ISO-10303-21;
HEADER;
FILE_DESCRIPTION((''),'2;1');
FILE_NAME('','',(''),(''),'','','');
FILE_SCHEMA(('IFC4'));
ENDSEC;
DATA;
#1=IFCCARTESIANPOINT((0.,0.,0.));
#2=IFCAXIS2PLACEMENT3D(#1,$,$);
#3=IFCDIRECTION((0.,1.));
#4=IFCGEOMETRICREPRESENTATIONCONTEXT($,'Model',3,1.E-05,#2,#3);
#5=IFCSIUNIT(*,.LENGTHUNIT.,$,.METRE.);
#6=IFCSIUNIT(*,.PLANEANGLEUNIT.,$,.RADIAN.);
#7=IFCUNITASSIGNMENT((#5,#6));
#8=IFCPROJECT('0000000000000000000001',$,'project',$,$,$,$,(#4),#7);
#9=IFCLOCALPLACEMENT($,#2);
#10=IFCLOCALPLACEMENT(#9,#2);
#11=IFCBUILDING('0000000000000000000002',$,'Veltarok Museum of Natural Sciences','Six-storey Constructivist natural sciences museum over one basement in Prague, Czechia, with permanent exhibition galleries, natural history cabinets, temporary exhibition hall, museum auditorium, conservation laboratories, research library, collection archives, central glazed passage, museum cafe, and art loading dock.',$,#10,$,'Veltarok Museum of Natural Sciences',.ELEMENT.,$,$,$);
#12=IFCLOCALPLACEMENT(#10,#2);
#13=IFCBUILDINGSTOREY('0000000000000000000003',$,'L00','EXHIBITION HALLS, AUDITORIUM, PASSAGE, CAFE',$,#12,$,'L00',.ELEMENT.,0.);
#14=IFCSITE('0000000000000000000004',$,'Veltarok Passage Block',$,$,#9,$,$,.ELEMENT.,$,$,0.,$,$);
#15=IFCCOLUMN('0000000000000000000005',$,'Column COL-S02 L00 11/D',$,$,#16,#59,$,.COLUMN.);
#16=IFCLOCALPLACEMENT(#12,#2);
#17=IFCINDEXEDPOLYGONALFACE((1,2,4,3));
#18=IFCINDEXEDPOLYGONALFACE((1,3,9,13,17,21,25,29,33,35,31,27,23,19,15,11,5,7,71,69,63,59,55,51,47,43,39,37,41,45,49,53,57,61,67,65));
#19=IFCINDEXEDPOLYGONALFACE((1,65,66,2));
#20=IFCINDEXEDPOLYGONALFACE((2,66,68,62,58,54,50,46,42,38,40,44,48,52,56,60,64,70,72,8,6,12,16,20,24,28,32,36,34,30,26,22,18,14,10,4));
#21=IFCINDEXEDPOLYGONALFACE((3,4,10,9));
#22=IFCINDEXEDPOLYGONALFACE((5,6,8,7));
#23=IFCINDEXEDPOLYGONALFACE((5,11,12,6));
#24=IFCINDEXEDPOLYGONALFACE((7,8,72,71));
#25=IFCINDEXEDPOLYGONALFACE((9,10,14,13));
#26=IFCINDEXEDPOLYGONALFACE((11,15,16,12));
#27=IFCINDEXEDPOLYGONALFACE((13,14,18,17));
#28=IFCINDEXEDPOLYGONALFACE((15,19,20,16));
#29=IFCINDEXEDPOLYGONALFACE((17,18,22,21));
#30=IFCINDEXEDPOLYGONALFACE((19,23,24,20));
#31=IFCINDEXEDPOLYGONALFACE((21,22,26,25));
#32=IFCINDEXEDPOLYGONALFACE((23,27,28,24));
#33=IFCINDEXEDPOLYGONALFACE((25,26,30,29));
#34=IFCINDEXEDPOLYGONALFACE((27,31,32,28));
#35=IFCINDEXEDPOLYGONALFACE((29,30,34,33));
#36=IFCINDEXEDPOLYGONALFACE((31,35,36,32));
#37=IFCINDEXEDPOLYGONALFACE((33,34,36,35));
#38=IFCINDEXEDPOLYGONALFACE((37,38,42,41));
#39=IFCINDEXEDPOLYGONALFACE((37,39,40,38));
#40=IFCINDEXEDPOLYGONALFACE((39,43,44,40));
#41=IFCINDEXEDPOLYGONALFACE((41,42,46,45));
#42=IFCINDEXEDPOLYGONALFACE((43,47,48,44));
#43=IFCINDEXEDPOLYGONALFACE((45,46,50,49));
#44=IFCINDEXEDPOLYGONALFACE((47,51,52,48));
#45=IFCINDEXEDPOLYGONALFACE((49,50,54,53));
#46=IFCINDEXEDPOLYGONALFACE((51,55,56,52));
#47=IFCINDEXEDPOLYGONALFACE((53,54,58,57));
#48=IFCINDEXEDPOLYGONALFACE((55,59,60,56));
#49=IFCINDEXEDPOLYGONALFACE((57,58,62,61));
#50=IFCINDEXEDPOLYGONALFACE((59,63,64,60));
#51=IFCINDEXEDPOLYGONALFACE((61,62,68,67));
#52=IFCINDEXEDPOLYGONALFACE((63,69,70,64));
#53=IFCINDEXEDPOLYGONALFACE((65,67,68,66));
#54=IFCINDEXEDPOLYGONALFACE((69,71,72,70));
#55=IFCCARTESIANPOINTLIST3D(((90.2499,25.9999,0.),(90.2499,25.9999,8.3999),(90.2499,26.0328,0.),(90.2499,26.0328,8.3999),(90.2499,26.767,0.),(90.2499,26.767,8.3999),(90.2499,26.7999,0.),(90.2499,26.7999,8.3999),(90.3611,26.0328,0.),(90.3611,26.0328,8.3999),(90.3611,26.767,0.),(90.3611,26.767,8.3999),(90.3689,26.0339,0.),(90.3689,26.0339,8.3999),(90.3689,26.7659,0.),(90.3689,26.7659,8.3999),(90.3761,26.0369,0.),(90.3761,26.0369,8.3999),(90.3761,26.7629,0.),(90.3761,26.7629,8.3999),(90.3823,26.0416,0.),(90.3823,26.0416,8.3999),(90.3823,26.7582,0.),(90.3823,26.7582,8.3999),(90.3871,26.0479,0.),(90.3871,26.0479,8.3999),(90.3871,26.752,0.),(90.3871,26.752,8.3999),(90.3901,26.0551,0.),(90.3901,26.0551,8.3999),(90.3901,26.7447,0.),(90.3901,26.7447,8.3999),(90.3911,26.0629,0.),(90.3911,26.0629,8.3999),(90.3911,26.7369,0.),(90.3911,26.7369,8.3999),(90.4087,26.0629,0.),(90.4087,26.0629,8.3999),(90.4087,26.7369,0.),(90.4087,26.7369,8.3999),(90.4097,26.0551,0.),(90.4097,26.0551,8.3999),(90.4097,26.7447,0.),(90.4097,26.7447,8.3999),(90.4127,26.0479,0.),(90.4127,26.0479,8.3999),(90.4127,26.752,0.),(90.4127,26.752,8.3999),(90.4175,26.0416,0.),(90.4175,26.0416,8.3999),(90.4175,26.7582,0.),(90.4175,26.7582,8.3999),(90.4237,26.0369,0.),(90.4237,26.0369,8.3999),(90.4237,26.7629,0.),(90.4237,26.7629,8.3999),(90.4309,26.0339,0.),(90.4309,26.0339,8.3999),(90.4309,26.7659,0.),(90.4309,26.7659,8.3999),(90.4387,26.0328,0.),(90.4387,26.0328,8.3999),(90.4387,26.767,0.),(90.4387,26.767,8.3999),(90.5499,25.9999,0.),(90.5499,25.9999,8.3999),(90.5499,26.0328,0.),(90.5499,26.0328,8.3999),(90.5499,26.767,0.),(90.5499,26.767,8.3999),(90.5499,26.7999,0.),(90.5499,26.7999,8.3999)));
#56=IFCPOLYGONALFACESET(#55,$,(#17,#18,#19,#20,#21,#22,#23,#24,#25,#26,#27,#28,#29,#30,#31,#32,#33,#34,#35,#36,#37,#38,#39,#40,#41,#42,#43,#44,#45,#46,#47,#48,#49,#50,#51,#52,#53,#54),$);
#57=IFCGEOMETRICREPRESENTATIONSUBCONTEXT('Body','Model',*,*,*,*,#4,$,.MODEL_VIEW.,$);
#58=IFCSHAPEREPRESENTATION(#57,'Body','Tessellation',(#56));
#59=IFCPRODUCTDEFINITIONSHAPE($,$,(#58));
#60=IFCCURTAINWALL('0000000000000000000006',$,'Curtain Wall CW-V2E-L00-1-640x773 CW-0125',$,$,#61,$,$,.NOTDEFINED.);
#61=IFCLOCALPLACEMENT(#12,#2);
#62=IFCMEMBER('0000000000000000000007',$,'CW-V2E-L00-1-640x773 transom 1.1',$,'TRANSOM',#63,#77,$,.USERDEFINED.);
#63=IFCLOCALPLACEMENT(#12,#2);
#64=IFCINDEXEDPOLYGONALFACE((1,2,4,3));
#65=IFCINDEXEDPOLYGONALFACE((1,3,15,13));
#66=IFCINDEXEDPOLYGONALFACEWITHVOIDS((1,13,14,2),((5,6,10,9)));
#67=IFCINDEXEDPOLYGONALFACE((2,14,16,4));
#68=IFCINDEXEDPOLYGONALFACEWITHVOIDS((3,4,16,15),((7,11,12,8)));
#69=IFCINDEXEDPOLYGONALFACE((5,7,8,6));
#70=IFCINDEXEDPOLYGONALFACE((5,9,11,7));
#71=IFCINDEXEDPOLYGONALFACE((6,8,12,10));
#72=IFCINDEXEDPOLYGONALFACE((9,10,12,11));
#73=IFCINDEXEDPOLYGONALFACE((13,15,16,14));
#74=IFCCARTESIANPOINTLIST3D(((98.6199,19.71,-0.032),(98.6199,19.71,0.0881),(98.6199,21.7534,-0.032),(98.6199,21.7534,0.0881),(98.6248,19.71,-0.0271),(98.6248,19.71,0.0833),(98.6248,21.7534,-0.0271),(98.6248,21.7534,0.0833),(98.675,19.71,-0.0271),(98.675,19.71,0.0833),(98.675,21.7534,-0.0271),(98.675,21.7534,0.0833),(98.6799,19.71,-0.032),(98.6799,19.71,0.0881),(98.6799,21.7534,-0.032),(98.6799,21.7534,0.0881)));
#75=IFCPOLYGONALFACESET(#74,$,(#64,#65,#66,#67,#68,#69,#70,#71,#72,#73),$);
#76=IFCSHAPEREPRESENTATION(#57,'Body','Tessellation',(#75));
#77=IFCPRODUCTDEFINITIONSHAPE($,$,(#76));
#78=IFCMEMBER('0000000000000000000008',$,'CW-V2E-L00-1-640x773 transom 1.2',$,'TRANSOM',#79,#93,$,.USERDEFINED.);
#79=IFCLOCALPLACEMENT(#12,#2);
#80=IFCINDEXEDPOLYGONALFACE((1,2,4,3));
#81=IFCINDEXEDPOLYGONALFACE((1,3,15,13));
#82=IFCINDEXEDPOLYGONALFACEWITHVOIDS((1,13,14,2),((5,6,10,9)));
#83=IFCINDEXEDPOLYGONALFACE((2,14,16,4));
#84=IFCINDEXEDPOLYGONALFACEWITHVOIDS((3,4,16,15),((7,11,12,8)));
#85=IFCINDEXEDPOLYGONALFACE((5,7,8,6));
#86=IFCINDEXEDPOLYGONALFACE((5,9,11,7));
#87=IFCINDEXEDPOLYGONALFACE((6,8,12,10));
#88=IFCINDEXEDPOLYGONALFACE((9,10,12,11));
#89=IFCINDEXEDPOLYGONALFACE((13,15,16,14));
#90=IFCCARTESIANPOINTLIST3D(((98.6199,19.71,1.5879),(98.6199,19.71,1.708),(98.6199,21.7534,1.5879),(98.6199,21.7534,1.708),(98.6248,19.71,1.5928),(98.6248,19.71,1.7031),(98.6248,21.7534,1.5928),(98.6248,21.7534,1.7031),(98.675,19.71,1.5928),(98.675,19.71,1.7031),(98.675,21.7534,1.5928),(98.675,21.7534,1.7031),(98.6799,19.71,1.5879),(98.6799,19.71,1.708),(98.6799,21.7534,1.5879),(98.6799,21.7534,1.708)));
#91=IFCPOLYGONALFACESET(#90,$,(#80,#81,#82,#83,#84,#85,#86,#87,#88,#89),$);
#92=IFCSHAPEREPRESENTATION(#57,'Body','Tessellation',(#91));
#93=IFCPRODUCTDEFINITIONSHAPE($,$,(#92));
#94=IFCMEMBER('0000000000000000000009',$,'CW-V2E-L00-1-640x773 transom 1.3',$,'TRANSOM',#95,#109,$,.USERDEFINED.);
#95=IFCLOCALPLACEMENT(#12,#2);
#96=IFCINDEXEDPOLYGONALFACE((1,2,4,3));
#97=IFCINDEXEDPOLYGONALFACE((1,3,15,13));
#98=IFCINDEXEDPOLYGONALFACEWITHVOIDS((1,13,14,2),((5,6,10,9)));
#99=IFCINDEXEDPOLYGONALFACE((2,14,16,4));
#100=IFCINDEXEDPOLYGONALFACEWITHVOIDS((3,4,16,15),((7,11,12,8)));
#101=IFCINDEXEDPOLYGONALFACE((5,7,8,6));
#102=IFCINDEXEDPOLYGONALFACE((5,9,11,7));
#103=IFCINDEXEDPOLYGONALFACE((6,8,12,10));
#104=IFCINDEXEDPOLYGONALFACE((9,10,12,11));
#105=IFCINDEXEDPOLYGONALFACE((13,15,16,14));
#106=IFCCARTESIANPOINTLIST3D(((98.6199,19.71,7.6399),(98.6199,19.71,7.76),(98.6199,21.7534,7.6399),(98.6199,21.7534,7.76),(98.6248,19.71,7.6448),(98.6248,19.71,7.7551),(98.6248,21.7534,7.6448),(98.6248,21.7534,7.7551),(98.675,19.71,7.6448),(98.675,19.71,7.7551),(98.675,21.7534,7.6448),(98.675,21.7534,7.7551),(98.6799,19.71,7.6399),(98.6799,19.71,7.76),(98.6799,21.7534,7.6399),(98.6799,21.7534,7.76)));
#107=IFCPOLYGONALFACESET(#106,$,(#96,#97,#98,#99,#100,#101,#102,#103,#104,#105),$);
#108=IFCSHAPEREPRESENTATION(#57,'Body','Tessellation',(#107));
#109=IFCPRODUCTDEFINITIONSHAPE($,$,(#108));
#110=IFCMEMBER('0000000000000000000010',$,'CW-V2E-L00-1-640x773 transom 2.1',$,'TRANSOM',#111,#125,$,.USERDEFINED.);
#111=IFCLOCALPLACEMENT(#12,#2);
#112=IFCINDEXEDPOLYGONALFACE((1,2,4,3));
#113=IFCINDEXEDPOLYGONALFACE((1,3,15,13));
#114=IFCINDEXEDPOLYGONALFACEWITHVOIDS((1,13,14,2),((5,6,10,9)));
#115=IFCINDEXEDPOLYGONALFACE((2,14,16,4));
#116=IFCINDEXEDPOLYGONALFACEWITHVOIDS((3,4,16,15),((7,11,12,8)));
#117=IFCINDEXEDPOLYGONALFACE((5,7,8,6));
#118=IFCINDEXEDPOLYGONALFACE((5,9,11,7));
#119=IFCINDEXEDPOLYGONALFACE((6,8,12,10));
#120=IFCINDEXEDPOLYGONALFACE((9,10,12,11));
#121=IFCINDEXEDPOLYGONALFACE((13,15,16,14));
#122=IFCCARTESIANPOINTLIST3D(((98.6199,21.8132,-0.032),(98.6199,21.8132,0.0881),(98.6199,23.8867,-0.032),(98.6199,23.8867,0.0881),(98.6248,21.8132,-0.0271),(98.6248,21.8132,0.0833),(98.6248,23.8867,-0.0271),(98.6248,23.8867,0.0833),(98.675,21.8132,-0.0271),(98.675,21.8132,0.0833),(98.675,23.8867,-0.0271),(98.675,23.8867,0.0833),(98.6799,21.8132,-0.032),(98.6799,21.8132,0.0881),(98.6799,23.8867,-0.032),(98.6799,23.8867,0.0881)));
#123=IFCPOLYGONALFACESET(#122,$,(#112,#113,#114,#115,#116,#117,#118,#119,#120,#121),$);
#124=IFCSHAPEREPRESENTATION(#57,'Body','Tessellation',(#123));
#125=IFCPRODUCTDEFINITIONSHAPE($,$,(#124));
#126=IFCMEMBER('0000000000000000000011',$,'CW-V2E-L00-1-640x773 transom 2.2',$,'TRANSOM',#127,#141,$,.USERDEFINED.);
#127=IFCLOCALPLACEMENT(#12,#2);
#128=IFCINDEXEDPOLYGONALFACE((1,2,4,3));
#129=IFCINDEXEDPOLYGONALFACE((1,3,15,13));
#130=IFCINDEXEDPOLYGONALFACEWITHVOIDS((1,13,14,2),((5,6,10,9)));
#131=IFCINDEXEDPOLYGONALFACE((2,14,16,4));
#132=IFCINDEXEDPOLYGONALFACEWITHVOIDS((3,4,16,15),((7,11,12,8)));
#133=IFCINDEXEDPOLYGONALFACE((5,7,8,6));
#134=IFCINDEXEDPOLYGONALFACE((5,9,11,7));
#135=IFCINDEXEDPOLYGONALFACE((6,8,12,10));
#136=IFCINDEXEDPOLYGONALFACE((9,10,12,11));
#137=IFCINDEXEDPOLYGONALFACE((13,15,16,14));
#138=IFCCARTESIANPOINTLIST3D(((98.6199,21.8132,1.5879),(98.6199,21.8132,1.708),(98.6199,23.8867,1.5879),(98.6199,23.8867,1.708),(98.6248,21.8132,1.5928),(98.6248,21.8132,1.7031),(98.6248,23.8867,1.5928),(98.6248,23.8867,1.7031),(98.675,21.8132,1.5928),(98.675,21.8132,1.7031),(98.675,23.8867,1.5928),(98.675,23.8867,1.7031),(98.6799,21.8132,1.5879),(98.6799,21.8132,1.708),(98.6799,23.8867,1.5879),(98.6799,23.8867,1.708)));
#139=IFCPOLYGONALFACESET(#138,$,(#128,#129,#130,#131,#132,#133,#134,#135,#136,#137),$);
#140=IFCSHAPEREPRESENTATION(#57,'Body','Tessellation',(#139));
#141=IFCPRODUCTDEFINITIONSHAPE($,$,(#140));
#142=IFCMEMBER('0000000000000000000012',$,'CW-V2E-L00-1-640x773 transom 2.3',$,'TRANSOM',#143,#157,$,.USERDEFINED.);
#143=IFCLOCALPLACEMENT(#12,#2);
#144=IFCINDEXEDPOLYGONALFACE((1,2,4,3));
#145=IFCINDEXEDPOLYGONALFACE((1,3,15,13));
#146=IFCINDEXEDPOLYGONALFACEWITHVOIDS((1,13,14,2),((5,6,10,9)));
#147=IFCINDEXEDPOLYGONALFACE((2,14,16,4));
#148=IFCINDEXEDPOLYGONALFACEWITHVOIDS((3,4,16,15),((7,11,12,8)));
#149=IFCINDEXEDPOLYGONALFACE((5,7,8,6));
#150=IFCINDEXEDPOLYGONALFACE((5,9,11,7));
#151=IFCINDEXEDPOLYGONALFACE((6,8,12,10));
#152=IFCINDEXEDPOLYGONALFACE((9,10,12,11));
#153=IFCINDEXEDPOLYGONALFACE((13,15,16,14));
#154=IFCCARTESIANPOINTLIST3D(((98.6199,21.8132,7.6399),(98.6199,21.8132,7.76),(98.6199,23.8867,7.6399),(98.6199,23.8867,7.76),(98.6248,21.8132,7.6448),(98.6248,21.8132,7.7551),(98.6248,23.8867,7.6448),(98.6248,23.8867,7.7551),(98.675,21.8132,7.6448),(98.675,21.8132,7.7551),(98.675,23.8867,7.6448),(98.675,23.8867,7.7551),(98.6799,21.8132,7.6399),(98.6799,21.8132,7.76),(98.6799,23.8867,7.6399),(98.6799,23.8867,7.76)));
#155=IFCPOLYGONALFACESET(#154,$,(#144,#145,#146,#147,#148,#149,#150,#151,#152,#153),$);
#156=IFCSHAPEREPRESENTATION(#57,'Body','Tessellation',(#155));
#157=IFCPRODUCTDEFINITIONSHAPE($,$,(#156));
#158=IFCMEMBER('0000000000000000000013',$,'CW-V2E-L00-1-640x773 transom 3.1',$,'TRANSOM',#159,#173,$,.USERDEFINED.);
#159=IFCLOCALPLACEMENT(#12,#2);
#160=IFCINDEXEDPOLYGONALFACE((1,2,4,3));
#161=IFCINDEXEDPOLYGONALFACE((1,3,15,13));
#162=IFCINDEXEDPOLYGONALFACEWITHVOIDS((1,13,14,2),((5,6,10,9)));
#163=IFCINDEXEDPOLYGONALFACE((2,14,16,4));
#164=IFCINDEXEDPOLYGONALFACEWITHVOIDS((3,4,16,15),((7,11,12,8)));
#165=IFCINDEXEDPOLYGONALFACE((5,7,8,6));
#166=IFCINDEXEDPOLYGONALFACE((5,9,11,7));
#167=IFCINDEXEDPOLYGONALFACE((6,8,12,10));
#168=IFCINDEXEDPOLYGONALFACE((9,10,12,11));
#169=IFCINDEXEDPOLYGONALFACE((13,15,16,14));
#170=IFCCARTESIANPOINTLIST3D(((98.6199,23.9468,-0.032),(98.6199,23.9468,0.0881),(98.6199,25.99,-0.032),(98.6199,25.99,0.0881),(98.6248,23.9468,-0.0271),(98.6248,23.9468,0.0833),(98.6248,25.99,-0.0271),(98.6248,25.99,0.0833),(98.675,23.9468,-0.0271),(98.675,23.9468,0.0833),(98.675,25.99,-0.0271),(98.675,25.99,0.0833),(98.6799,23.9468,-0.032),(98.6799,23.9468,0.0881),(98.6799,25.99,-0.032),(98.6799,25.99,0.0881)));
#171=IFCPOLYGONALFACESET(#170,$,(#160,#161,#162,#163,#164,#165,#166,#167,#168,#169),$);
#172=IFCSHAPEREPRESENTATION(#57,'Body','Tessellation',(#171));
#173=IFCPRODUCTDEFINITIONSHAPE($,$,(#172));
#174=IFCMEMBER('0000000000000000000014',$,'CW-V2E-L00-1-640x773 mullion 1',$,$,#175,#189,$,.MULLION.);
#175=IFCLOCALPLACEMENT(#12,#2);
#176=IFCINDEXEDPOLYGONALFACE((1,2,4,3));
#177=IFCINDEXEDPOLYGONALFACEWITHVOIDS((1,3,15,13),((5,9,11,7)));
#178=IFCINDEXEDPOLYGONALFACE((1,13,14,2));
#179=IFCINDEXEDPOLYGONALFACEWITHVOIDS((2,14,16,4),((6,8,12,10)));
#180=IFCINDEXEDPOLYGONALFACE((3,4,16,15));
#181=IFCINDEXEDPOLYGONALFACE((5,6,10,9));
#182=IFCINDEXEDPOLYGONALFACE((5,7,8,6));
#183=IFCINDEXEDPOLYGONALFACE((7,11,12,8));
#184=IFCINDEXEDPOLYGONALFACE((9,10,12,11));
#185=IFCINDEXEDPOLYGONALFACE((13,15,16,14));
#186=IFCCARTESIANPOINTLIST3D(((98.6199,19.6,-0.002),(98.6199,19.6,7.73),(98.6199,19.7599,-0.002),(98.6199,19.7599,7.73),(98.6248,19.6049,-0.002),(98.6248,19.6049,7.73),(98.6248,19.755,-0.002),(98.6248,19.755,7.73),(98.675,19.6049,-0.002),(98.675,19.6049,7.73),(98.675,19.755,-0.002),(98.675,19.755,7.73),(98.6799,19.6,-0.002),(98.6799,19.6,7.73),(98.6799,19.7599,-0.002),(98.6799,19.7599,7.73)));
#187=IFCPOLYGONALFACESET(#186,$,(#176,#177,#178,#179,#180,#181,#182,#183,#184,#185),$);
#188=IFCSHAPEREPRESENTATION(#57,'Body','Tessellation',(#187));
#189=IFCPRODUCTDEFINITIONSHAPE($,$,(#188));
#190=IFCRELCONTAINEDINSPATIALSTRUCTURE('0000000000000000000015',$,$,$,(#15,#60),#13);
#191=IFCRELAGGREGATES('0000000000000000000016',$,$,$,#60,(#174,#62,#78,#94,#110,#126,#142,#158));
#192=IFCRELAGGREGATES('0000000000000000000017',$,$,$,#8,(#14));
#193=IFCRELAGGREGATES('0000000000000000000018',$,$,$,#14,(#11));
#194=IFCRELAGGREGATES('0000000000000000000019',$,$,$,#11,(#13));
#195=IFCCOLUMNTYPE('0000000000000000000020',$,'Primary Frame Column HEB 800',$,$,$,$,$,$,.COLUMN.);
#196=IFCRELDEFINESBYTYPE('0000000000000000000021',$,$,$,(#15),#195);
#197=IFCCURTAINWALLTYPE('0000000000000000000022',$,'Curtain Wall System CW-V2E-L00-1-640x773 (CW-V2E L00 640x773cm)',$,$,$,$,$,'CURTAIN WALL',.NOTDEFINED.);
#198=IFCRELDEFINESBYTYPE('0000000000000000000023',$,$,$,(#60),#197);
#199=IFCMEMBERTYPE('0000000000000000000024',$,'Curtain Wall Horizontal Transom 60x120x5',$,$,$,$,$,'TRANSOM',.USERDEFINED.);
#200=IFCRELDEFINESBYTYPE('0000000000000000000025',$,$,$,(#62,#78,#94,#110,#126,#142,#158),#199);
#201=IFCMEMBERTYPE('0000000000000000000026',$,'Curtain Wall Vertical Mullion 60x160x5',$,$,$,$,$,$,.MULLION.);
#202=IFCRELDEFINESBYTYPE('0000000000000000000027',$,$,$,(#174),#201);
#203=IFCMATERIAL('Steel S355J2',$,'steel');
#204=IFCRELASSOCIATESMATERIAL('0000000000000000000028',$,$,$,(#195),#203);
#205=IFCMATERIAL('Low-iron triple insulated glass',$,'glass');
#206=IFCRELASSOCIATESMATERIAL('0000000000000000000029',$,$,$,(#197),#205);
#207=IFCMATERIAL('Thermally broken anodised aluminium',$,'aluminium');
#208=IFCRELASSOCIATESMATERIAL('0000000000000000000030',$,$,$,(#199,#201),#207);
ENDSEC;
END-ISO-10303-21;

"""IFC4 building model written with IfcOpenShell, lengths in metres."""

from ifc_helpers import new_model, si_unit, direction, frame, origin, origin_2d, place, context, subcontext, project, spatial, hollow_rectangle, i_section, extrude, material, material_profile, profile_set, type_object, element, aggregate, save


model = new_model("IFC4")

# Units and contexts
model_context = context("Model", 3, precision=1e-05, world=origin(), true_north=direction((0.0, 1.0)))
body_context = subcontext(model_context, "Body", "Model", "MODEL_VIEW")
ifc_project = project(units=[si_unit("LENGTHUNIT", "METRE"), si_unit("PLANEANGLEUNIT", "RADIAN")], contexts=[model_context])

# Site, building, storey
site_placement = place(None, origin())
site = spatial("IfcSite", under=ifc_project, at=site_placement, Name="Veltarok Passage Block", CompositionType="ELEMENT", RefElevation=0.0)
building_placement = place(site_placement, origin())
building = spatial("IfcBuilding", under=site, at=building_placement, Name="Veltarok Museum of Natural Sciences", Description="Six-storey Constructivist natural sciences museum over one basement in Prague, Czechia, with permanent exhibition galleries, natural history cabinets, temporary exhibition hall, museum auditorium, conservation laboratories, research library, collection archives, central glazed passage, museum cafe, and art loading dock.", LongName="Veltarok Museum of Natural Sciences", CompositionType="ELEMENT")
storey_placement = place(building_placement, origin())
storey = spatial("IfcBuildingStorey", under=building, at=storey_placement, Name="L00", Description="EXHIBITION HALLS, AUDITORIUM, PASSAGE, CAFE", LongName="L00", CompositionType="ELEMENT", Elevation=0.0)

# Column
ifc_material_1 = material(Name="Steel S355J2", Category="steel")
ifc_material_profile_1 = material_profile(ifc_material_1, i_section(OverallWidth=0.3, OverallDepth=0.8, WebThickness=0.0176, FlangeThickness=0.033, FilletRadius=0.03, at=origin_2d()), Name="HEB 800")
ifc_profile_set_1 = profile_set([ifc_material_profile_1], Name="Steel S355J2")
column_type = type_object("IfcColumnType", Name="Primary Frame Column HEB 800", PredefinedType="COLUMN", material=ifc_profile_set_1)
for number, where, z_axis, x_axis, name in (
    (1, (90.3999, 26.3999, 0.0), (0.0, 0.0, 1.0), (1.0, 0.0, 0.0), "Column COL-S02 L00 11/D"),
):
    element("IfcColumn", number, at=place(storey_placement, frame(where, z_axis=z_axis, x_axis=x_axis)), inside=storey, type_object=column_type, Name=name, PredefinedType="COLUMN", context=body_context, shape_type="SweptSolid", body=[
        extrude(i_section(OverallWidth=0.3, OverallDepth=0.8, WebThickness=0.0176, FlangeThickness=0.033, FilletRadius=0.03, at=origin_2d()), origin(), (0.0, 0.0, 1.0), 8.3999),
    ])

# Curtain wall, members
ifc_material_2 = material(Name="Low-iron triple insulated glass", Category="glass")
curtain_wall_type = type_object("IfcCurtainWallType", Name="Curtain Wall System CW-V2E-L00-1-640x773 (CW-V2E L00 640x773cm)", ElementType="CURTAIN WALL", PredefinedType="NOTDEFINED", material=ifc_material_2)
curtain_wall_placement = place(storey_placement, origin())
curtain_wall = element("IfcCurtainWall", 2, at=curtain_wall_placement, inside=storey, type_object=curtain_wall_type, Name="Curtain Wall CW-V2E-L00-1-640x773 CW-0125", PredefinedType="NOTDEFINED")
ifc_material_3 = material(Name="Thermally broken anodised aluminium", Category="aluminium")
ifc_material_profile_2 = material_profile(ifc_material_3, hollow_rectangle(XDim=0.0601, YDim=0.1201, WallThickness=0.0049, at=origin_2d()), Name="CW TRANSOM 60x120x5")
ifc_profile_set_2 = profile_set([ifc_material_profile_2], Name="Thermally broken anodised aluminium")
member_type_1 = type_object("IfcMemberType", Name="Curtain Wall Horizontal Transom 60x120x5", ElementType="TRANSOM", PredefinedType="USERDEFINED", material=ifc_profile_set_2)
member_1_placement = place(storey_placement, frame((98.6499, 19.71, 0.0281), z_axis=(0.0, 1.0, 0.0), x_axis=(-1.0, 0.0, 0.0)))
member_1 = element("IfcMember", 3, at=member_1_placement, type_object=member_type_1, Name="CW-V2E-L00-1-640x773 transom 1.1", ObjectType="TRANSOM", PredefinedType="USERDEFINED", context=body_context, shape_type="SweptSolid", body=[
    extrude(hollow_rectangle(XDim=0.0601, YDim=0.1201, WallThickness=0.0049, at=origin_2d()), origin(), (0.0, 0.0, 1.0), 2.0435),
])
member_2_placement = place(storey_placement, frame((98.6499, 19.71, 1.6479), z_axis=(0.0, 1.0, 0.0), x_axis=(-1.0, 0.0, 0.0)))
member_2 = element("IfcMember", 4, at=member_2_placement, type_object=member_type_1, Name="CW-V2E-L00-1-640x773 transom 1.2", ObjectType="TRANSOM", PredefinedType="USERDEFINED", context=body_context, shape_type="SweptSolid", body=[
    extrude(hollow_rectangle(XDim=0.0601, YDim=0.1201, WallThickness=0.0049, at=origin_2d()), origin(), (0.0, 0.0, 1.0), 2.0435),
])
member_3_placement = place(storey_placement, frame((98.6499, 19.71, 7.7), z_axis=(0.0, 1.0, 0.0), x_axis=(-1.0, 0.0, 0.0)))
member_3 = element("IfcMember", 5, at=member_3_placement, type_object=member_type_1, Name="CW-V2E-L00-1-640x773 transom 1.3", ObjectType="TRANSOM", PredefinedType="USERDEFINED", context=body_context, shape_type="SweptSolid", body=[
    extrude(hollow_rectangle(XDim=0.0601, YDim=0.1201, WallThickness=0.0049, at=origin_2d()), origin(), (0.0, 0.0, 1.0), 2.0435),
])
member_4_placement = place(storey_placement, frame((98.6499, 21.8132, 0.0281), z_axis=(0.0, 1.0, 0.0), x_axis=(-1.0, 0.0, 0.0)))
member_4 = element("IfcMember", 6, at=member_4_placement, type_object=member_type_1, Name="CW-V2E-L00-1-640x773 transom 2.1", ObjectType="TRANSOM", PredefinedType="USERDEFINED", context=body_context, shape_type="SweptSolid", body=[
    extrude(hollow_rectangle(XDim=0.0601, YDim=0.1201, WallThickness=0.0049, at=origin_2d()), origin(), (0.0, 0.0, 1.0), 2.0735),
])
member_5_placement = place(storey_placement, frame((98.6499, 21.8132, 1.6479), z_axis=(0.0, 1.0, 0.0), x_axis=(-1.0, 0.0, 0.0)))
member_5 = element("IfcMember", 7, at=member_5_placement, type_object=member_type_1, Name="CW-V2E-L00-1-640x773 transom 2.2", ObjectType="TRANSOM", PredefinedType="USERDEFINED", context=body_context, shape_type="SweptSolid", body=[
    extrude(hollow_rectangle(XDim=0.0601, YDim=0.1201, WallThickness=0.0049, at=origin_2d()), origin(), (0.0, 0.0, 1.0), 2.0735),
])
member_6_placement = place(storey_placement, frame((98.6499, 21.8132, 7.7), z_axis=(0.0, 1.0, 0.0), x_axis=(-1.0, 0.0, 0.0)))
member_6 = element("IfcMember", 8, at=member_6_placement, type_object=member_type_1, Name="CW-V2E-L00-1-640x773 transom 2.3", ObjectType="TRANSOM", PredefinedType="USERDEFINED", context=body_context, shape_type="SweptSolid", body=[
    extrude(hollow_rectangle(XDim=0.0601, YDim=0.1201, WallThickness=0.0049, at=origin_2d()), origin(), (0.0, 0.0, 1.0), 2.0735),
])
member_7_placement = place(storey_placement, frame((98.6499, 23.9468, 0.0281), z_axis=(0.0, 1.0, 0.0), x_axis=(-1.0, 0.0, 0.0)))
member_7 = element("IfcMember", 9, at=member_7_placement, type_object=member_type_1, Name="CW-V2E-L00-1-640x773 transom 3.1", ObjectType="TRANSOM", PredefinedType="USERDEFINED", context=body_context, shape_type="SweptSolid", body=[
    extrude(hollow_rectangle(XDim=0.0601, YDim=0.1201, WallThickness=0.0049, at=origin_2d()), origin(), (0.0, 0.0, 1.0), 2.0432),
])
ifc_material_profile_3 = material_profile(ifc_material_3, hollow_rectangle(XDim=0.0601, YDim=0.1599, WallThickness=0.0049, at=origin_2d()), Name="CW MULLION 60x160x5")
ifc_profile_set_3 = profile_set([ifc_material_profile_3], Name="Thermally broken anodised aluminium")
member_type_2 = type_object("IfcMemberType", Name="Curtain Wall Vertical Mullion 60x160x5", PredefinedType="MULLION", material=ifc_profile_set_3)
member_8_placement = place(storey_placement, frame((98.6499, 19.6799, -0.002), z_axis=(0.0, 0.0, 1.0), x_axis=(-1.0, 0.0, 0.0)))
member_8 = element("IfcMember", 10, at=member_8_placement, type_object=member_type_2, Name="CW-V2E-L00-1-640x773 mullion 1", PredefinedType="MULLION", context=body_context, shape_type="SweptSolid", body=[
    extrude(hollow_rectangle(XDim=0.0601, YDim=0.1599, WallThickness=0.0049, at=origin_2d()), origin(), (0.0, 0.0, 1.0), 7.7319),
])

aggregate(curtain_wall, [member_8, member_1, member_2, member_3, member_4, member_5, member_6, member_7])

save(model, "model.ifc")
